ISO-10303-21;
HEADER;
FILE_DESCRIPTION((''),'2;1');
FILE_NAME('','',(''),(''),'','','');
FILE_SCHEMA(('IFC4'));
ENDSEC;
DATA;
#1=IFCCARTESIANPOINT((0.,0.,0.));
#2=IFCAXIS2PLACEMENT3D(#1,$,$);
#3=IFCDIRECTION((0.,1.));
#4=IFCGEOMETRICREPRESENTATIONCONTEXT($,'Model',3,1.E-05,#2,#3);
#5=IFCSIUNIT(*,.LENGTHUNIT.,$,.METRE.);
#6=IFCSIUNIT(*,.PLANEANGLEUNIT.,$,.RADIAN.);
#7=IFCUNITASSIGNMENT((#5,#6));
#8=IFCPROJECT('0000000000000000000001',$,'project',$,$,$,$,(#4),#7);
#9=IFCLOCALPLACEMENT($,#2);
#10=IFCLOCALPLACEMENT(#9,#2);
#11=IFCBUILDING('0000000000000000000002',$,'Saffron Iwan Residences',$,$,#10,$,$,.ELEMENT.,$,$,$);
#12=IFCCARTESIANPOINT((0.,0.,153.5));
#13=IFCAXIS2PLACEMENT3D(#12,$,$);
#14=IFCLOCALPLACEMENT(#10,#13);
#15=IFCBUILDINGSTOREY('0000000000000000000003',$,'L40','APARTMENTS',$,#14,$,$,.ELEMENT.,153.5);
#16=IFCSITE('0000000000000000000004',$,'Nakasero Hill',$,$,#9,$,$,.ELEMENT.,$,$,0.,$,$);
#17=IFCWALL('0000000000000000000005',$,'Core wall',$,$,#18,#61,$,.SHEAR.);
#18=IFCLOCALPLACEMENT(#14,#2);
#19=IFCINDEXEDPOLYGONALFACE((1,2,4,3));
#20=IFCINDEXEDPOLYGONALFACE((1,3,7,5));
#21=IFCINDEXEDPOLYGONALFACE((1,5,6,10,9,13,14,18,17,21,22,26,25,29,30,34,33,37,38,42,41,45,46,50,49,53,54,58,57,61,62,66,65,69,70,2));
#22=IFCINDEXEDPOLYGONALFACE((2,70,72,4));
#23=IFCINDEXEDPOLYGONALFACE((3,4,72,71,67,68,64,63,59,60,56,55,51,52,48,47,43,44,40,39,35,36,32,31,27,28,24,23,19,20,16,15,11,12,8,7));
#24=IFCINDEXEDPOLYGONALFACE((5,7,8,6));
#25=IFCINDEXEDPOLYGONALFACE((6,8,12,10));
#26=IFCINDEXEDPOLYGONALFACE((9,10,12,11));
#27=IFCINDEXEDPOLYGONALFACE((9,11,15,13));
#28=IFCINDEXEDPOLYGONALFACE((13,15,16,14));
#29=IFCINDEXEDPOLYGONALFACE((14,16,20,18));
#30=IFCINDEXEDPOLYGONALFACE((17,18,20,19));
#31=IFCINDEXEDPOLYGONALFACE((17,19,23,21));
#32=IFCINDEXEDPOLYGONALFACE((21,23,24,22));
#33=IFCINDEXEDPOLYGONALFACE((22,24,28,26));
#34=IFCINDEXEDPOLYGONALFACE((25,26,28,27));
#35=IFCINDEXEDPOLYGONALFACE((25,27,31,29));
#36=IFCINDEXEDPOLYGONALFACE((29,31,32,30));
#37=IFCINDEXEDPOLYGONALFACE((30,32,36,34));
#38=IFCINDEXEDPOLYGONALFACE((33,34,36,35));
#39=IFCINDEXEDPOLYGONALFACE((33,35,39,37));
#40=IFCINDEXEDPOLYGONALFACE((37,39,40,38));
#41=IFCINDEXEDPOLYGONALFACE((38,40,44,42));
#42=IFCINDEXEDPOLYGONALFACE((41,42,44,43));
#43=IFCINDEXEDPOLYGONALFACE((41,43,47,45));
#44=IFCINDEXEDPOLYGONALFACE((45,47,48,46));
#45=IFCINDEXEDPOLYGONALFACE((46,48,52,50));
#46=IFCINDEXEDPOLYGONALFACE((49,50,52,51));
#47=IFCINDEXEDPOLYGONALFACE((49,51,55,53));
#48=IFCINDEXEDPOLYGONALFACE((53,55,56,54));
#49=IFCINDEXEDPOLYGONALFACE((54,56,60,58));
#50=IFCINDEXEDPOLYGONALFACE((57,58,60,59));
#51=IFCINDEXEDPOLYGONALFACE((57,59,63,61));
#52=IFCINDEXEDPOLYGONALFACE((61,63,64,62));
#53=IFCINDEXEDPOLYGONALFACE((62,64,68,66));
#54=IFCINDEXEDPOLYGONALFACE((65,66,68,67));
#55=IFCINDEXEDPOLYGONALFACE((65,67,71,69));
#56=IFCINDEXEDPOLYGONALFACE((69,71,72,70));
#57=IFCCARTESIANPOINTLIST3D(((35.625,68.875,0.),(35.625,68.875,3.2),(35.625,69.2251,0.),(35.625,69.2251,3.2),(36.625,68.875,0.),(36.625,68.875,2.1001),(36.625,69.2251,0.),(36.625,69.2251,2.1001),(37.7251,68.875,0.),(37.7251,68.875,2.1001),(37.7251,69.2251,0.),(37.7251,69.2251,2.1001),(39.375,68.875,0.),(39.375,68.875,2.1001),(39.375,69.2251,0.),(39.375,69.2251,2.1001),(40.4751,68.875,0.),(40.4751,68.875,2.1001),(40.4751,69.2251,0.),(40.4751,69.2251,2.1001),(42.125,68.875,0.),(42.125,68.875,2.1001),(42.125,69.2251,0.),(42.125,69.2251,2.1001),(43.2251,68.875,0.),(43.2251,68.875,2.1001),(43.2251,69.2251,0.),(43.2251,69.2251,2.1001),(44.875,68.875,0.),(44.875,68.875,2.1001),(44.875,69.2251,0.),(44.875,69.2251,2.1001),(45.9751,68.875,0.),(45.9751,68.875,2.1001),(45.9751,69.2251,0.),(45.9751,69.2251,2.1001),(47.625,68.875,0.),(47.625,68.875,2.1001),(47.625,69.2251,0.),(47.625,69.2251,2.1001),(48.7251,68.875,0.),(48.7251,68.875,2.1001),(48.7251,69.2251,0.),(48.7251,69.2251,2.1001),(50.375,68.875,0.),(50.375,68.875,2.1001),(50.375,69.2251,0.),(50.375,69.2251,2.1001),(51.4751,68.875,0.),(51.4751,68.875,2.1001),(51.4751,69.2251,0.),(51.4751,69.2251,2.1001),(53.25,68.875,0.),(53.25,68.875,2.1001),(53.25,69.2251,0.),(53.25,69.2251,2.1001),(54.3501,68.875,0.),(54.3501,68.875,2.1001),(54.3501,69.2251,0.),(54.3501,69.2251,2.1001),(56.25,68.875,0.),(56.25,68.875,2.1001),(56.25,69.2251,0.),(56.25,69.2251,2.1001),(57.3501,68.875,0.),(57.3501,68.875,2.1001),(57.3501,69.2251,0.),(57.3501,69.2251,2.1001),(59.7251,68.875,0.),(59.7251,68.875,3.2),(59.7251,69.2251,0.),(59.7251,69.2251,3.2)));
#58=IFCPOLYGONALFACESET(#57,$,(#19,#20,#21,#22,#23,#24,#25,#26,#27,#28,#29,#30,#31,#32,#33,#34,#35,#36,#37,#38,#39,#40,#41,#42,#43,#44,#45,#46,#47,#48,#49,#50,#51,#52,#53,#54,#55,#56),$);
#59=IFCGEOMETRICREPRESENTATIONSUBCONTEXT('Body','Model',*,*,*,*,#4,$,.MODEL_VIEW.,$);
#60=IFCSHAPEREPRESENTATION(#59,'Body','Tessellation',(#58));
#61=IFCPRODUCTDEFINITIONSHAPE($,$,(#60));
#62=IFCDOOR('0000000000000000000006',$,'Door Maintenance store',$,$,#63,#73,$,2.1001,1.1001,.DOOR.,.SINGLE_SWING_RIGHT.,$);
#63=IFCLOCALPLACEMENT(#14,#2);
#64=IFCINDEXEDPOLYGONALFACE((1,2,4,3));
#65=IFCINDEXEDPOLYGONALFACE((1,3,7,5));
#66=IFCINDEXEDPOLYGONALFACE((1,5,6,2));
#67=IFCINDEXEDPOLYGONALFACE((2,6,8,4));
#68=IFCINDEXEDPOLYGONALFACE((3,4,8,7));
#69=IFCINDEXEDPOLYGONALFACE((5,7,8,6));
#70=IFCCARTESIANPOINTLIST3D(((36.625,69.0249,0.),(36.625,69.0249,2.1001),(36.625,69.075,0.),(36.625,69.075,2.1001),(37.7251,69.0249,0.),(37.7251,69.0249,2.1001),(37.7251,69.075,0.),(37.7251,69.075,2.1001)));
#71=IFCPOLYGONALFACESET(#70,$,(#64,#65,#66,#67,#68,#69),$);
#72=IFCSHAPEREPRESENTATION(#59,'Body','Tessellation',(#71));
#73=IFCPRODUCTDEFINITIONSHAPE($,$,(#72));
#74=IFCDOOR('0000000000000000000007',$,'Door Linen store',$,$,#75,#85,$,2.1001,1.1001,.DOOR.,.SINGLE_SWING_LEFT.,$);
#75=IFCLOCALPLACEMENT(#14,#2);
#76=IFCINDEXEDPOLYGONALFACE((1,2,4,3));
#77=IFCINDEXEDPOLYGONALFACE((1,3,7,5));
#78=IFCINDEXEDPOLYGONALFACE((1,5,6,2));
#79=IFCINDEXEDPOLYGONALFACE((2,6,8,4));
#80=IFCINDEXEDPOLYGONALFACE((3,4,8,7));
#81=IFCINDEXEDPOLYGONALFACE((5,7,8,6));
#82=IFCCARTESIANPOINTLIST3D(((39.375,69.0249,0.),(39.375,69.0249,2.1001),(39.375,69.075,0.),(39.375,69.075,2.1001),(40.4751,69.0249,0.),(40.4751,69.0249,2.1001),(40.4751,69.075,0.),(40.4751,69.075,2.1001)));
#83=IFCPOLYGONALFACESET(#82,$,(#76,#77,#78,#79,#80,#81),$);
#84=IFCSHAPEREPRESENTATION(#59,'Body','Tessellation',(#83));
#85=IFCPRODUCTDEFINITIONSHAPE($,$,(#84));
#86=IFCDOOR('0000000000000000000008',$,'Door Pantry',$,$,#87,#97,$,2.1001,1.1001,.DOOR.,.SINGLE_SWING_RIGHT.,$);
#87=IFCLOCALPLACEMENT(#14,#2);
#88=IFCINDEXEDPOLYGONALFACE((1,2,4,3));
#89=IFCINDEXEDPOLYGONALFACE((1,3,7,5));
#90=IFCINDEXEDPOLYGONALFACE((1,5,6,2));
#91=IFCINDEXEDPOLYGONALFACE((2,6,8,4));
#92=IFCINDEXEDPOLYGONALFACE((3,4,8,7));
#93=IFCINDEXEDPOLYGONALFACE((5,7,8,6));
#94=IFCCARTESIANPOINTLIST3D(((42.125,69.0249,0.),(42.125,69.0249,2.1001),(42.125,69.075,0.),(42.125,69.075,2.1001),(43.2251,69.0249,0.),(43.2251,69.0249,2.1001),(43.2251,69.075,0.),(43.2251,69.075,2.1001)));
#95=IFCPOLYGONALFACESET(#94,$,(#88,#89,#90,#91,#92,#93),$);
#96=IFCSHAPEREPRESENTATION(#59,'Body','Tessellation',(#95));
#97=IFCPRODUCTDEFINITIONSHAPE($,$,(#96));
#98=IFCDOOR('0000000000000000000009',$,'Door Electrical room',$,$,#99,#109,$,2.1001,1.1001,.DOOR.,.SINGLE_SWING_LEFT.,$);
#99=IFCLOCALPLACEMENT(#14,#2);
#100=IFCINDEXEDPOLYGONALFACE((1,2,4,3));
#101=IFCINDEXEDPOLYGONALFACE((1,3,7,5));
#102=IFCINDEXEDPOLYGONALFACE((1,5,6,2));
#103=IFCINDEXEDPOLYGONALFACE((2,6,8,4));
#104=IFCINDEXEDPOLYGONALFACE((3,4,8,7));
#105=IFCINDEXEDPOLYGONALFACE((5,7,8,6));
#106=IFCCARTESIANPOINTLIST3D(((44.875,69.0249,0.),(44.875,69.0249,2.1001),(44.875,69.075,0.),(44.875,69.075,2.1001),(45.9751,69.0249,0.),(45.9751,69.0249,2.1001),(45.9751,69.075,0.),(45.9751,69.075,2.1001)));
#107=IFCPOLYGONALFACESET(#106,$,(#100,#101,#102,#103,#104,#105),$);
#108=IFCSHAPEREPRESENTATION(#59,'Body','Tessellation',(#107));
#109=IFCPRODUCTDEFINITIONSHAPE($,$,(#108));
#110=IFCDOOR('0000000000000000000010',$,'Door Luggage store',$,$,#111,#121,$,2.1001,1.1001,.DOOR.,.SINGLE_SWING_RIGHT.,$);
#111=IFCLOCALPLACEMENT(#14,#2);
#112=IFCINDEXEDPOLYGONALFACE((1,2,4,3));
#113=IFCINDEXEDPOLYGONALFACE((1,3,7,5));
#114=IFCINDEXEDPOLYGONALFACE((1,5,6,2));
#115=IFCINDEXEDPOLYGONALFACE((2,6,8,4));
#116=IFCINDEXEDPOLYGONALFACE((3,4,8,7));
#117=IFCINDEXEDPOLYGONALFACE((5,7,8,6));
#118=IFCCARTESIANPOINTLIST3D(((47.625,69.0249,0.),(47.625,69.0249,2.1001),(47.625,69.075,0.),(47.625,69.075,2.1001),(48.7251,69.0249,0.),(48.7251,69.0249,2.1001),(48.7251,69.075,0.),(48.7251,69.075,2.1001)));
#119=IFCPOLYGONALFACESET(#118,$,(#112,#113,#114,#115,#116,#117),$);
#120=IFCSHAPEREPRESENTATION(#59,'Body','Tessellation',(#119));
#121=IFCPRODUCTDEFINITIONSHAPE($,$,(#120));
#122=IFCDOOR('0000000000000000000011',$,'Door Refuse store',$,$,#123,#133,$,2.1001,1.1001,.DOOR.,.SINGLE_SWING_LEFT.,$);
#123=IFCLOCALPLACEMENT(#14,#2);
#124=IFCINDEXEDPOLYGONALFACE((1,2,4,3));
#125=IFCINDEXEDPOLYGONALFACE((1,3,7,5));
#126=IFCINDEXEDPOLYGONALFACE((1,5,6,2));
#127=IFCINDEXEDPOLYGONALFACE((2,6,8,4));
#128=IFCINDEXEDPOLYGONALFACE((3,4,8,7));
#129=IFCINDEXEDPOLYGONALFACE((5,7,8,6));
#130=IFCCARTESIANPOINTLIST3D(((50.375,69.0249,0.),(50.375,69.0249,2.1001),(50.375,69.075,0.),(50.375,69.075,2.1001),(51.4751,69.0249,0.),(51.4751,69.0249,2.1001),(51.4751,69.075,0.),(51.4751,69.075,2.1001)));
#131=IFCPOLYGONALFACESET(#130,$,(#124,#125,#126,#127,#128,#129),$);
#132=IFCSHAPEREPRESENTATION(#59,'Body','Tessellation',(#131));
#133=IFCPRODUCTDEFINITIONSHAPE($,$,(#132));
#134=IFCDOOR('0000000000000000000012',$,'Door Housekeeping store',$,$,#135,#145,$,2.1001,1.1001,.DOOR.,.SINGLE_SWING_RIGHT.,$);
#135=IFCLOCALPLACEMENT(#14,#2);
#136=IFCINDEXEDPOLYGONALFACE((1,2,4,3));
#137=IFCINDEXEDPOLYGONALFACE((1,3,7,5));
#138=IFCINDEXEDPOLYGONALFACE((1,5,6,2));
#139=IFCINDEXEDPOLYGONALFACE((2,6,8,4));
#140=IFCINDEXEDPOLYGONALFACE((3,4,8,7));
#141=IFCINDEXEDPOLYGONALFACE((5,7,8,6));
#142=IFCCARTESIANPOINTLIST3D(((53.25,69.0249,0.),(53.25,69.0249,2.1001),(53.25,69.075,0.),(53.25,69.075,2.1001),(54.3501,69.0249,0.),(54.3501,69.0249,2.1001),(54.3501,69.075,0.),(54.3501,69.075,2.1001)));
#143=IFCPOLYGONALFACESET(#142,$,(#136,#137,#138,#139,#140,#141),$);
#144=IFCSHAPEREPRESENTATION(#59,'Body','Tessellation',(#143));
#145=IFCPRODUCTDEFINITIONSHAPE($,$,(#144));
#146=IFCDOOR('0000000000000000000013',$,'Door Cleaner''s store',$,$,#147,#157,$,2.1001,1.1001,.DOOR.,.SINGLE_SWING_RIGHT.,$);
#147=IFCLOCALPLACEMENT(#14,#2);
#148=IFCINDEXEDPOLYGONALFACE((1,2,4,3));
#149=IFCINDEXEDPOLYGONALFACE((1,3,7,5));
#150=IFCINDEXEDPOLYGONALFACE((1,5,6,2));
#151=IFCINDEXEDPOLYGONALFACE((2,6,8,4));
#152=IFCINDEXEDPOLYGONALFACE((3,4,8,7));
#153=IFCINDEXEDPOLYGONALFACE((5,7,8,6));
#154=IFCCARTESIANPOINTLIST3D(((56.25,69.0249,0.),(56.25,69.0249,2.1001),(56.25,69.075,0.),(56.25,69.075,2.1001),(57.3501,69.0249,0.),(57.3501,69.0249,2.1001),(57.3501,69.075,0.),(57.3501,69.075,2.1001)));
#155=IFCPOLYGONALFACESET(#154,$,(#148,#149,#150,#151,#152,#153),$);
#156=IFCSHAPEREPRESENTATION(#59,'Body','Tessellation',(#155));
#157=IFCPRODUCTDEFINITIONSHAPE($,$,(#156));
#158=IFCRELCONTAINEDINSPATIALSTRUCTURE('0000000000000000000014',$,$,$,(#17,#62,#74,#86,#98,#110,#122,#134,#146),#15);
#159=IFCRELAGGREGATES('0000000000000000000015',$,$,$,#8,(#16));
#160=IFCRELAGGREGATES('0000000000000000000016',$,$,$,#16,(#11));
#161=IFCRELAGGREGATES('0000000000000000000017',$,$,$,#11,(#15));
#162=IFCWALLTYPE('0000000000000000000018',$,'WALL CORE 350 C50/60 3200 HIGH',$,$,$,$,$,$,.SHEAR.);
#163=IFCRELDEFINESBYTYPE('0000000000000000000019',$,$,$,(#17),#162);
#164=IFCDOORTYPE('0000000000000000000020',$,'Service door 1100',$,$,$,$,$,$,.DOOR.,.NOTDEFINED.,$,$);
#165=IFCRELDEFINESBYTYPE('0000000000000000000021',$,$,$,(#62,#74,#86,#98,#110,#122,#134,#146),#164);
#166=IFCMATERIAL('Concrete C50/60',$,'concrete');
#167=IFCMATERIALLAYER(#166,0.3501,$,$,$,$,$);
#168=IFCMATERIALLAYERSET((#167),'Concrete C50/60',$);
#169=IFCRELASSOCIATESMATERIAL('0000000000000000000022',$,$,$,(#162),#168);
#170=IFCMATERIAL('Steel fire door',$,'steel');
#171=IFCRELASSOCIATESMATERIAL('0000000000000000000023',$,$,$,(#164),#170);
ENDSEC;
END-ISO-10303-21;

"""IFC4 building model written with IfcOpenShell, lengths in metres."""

from ifc_helpers import new_model, si_unit, direction, frame, frame_2d, origin, place, context, subcontext, project, spatial, rectangle, extrude, material, layer, layer_set, type_object, element, fill, save


model = new_model("IFC4")

# Units and contexts
model_context = context("Model", 3, precision=1e-05, world=origin(), true_north=direction((0.0, 1.0)))
body_context = subcontext(model_context, "Body", "Model", "MODEL_VIEW")
ifc_project = project(units=[si_unit("LENGTHUNIT", "METRE"), si_unit("PLANEANGLEUNIT", "RADIAN")], contexts=[model_context])

# Site, building, storey
site_placement = place(None, origin())
site = spatial("IfcSite", under=ifc_project, at=site_placement, Name="Nakasero Hill", CompositionType="ELEMENT", RefElevation=0.0)
building_placement = place(site_placement, origin())
building = spatial("IfcBuilding", under=site, at=building_placement, Name="Saffron Iwan Residences", CompositionType="ELEMENT")
storey_placement = place(building_placement, frame((0.0, 0.0, 153.5)))
storey = spatial("IfcBuildingStorey", under=building, at=storey_placement, Name="L40", Description="APARTMENTS", CompositionType="ELEMENT", Elevation=153.5)

# Shared definitions
ifc_material_1 = material(Name="Concrete C50/60", Category="concrete")

# Wall, openings, doors
ifc_layer_1 = layer(ifc_material_1, 0.3501)
ifc_layer_set_1 = layer_set([ifc_layer_1], Name="Concrete C50/60")
wall_type_1 = type_object("IfcWallType", Name="WALL CORE 350 C50/60 3200 HIGH", PredefinedType="SHEAR", material=ifc_layer_set_1)
wall_1_placement = place(storey_placement, frame((35.625, 69.05, 0.0), z_axis=(0.0, 0.0, 1.0), x_axis=(1.0, 0.0, 0.0)))
wall_1 = element("IfcWall", 1, at=wall_1_placement, inside=storey, type_object=wall_type_1, Name="Core wall", PredefinedType="SHEAR", context=body_context, shape_type="SweptSolid", body=[
    extrude(rectangle(XDim=24.1001, YDim=0.3501, at=frame_2d((12.05, 0.0))), origin(), (0.0, 0.0, 1.0), 3.2),
])
opening_1_placement = place(wall_1_placement, frame((1.0, 0.0, 0.0)))
opening_1 = element("IfcOpeningElement", 2, at=opening_1_placement, cuts=wall_1, PredefinedType="OPENING", context=body_context, shape_type="SweptSolid", body=[
    extrude(rectangle(XDim=1.1001, YDim=2.1001, at=frame_2d((0.55, 1.05))), frame((0.0, 0.1851, 0.0), z_axis=(0.0, -1.0, 0.0), x_axis=(1.0, 0.0, 0.0)), (0.0, 0.0, 1.0), 0.3701),
])
opening_2_placement = place(wall_1_placement, frame((3.75, 0.0, 0.0)))
opening_2 = element("IfcOpeningElement", 3, at=opening_2_placement, cuts=wall_1, PredefinedType="OPENING", context=body_context, shape_type="SweptSolid", body=[
    extrude(rectangle(XDim=1.1001, YDim=2.1001, at=frame_2d((0.55, 1.05))), frame((0.0, 0.1851, 0.0), z_axis=(0.0, -1.0, 0.0), x_axis=(1.0, 0.0, 0.0)), (0.0, 0.0, 1.0), 0.3701),
])
opening_3_placement = place(wall_1_placement, frame((6.5, 0.0, 0.0)))
opening_3 = element("IfcOpeningElement", 4, at=opening_3_placement, cuts=wall_1, PredefinedType="OPENING", context=body_context, shape_type="SweptSolid", body=[
    extrude(rectangle(XDim=1.1001, YDim=2.1001, at=frame_2d((0.55, 1.05))), frame((0.0, 0.1851, 0.0), z_axis=(0.0, -1.0, 0.0), x_axis=(1.0, 0.0, 0.0)), (0.0, 0.0, 1.0), 0.3701),
])
opening_4_placement = place(wall_1_placement, frame((9.25, 0.0, 0.0)))
opening_4 = element("IfcOpeningElement", 5, at=opening_4_placement, cuts=wall_1, PredefinedType="OPENING", context=body_context, shape_type="SweptSolid", body=[
    extrude(rectangle(XDim=1.1001, YDim=2.1001, at=frame_2d((0.55, 1.05))), frame((0.0, 0.1851, 0.0), z_axis=(0.0, -1.0, 0.0), x_axis=(1.0, 0.0, 0.0)), (0.0, 0.0, 1.0), 0.3701),
])
opening_5_placement = place(wall_1_placement, frame((12.0, 0.0, 0.0)))
opening_5 = element("IfcOpeningElement", 6, at=opening_5_placement, cuts=wall_1, PredefinedType="OPENING", context=body_context, shape_type="SweptSolid", body=[
    extrude(rectangle(XDim=1.1001, YDim=2.1001, at=frame_2d((0.55, 1.05))), frame((0.0, 0.1851, 0.0), z_axis=(0.0, -1.0, 0.0), x_axis=(1.0, 0.0, 0.0)), (0.0, 0.0, 1.0), 0.3701),
])
opening_6_placement = place(wall_1_placement, frame((14.75, 0.0, 0.0)))
opening_6 = element("IfcOpeningElement", 7, at=opening_6_placement, cuts=wall_1, PredefinedType="OPENING", context=body_context, shape_type="SweptSolid", body=[
    extrude(rectangle(XDim=1.1001, YDim=2.1001, at=frame_2d((0.55, 1.05))), frame((0.0, 0.1851, 0.0), z_axis=(0.0, -1.0, 0.0), x_axis=(1.0, 0.0, 0.0)), (0.0, 0.0, 1.0), 0.3701),
])
opening_7_placement = place(wall_1_placement, frame((17.625, 0.0, 0.0)))
opening_7 = element("IfcOpeningElement", 8, at=opening_7_placement, cuts=wall_1, PredefinedType="OPENING", context=body_context, shape_type="SweptSolid", body=[
    extrude(rectangle(XDim=1.1001, YDim=2.1001, at=frame_2d((0.55, 1.05))), frame((0.0, 0.1851, 0.0), z_axis=(0.0, -1.0, 0.0), x_axis=(1.0, 0.0, 0.0)), (0.0, 0.0, 1.0), 0.3701),
])
opening_8_placement = place(wall_1_placement, frame((20.625, 0.0, 0.0)))
opening_8 = element("IfcOpeningElement", 9, at=opening_8_placement, cuts=wall_1, PredefinedType="OPENING", context=body_context, shape_type="SweptSolid", body=[
    extrude(rectangle(XDim=1.1001, YDim=2.1001, at=frame_2d((0.55, 1.05))), frame((0.0, 0.1851, 0.0), z_axis=(0.0, -1.0, 0.0), x_axis=(1.0, 0.0, 0.0)), (0.0, 0.0, 1.0), 0.3701),
])
ifc_material_2 = material(Name="Steel fire door", Category="steel")
door_type = type_object("IfcDoorType", Name="Service door 1100", OperationType="NOTDEFINED", PredefinedType="DOOR", material=ifc_material_2)
door_1_placement = place(opening_1_placement, origin())
door_1 = element("IfcDoor", 10, at=door_1_placement, inside=storey, type_object=door_type, Name="Door Maintenance store", OperationType="SINGLE_SWING_RIGHT", OverallHeight=2.1001, OverallWidth=1.1001, PredefinedType="DOOR", context=body_context, shape_type="SweptSolid", body=[
    extrude(rectangle(XDim=1.1001, YDim=2.1001, at=frame_2d((0.55, 1.05))), frame((0.0, 0.0249, 0.0), z_axis=(0.0, -1.0, 0.0), x_axis=(1.0, 0.0, 0.0)), (0.0, 0.0, 1.0), 0.05),
])
fill(opening_1, door_1)
door_2_placement = place(opening_2_placement, origin())
door_2 = element("IfcDoor", 11, at=door_2_placement, inside=storey, type_object=door_type, Name="Door Linen store", OperationType="SINGLE_SWING_LEFT", OverallHeight=2.1001, OverallWidth=1.1001, PredefinedType="DOOR", context=body_context, shape_type="SweptSolid", body=[
    extrude(rectangle(XDim=1.1001, YDim=2.1001, at=frame_2d((0.55, 1.05))), frame((0.0, 0.0249, 0.0), z_axis=(0.0, -1.0, 0.0), x_axis=(1.0, 0.0, 0.0)), (0.0, 0.0, 1.0), 0.05),
])
fill(opening_2, door_2)
door_3_placement = place(opening_3_placement, origin())
door_3 = element("IfcDoor", 12, at=door_3_placement, inside=storey, type_object=door_type, Name="Door Pantry", OperationType="SINGLE_SWING_RIGHT", OverallHeight=2.1001, OverallWidth=1.1001, PredefinedType="DOOR", context=body_context, shape_type="SweptSolid", body=[
    extrude(rectangle(XDim=1.1001, YDim=2.1001, at=frame_2d((0.55, 1.05))), frame((0.0, 0.0249, 0.0), z_axis=(0.0, -1.0, 0.0), x_axis=(1.0, 0.0, 0.0)), (0.0, 0.0, 1.0), 0.05),
])
fill(opening_3, door_3)
door_4_placement = place(opening_4_placement, origin())
door_4 = element("IfcDoor", 13, at=door_4_placement, inside=storey, type_object=door_type, Name="Door Electrical room", OperationType="SINGLE_SWING_LEFT", OverallHeight=2.1001, OverallWidth=1.1001, PredefinedType="DOOR", context=body_context, shape_type="SweptSolid", body=[
    extrude(rectangle(XDim=1.1001, YDim=2.1001, at=frame_2d((0.55, 1.05))), frame((0.0, 0.0249, 0.0), z_axis=(0.0, -1.0, 0.0), x_axis=(1.0, 0.0, 0.0)), (0.0, 0.0, 1.0), 0.05),
])
fill(opening_4, door_4)
door_5_placement = place(opening_5_placement, origin())
door_5 = element("IfcDoor", 14, at=door_5_placement, inside=storey, type_object=door_type, Name="Door Luggage store", OperationType="SINGLE_SWING_RIGHT", OverallHeight=2.1001, OverallWidth=1.1001, PredefinedType="DOOR", context=body_context, shape_type="SweptSolid", body=[
    extrude(rectangle(XDim=1.1001, YDim=2.1001, at=frame_2d((0.55, 1.05))), frame((0.0, 0.0249, 0.0), z_axis=(0.0, -1.0, 0.0), x_axis=(1.0, 0.0, 0.0)), (0.0, 0.0, 1.0), 0.05),
])
fill(opening_5, door_5)
door_6_placement = place(opening_6_placement, origin())
door_6 = element("IfcDoor", 15, at=door_6_placement, inside=storey, type_object=door_type, Name="Door Refuse store", OperationType="SINGLE_SWING_LEFT", OverallHeight=2.1001, OverallWidth=1.1001, PredefinedType="DOOR", context=body_context, shape_type="SweptSolid", body=[
    extrude(rectangle(XDim=1.1001, YDim=2.1001, at=frame_2d((0.55, 1.05))), frame((0.0, 0.0249, 0.0), z_axis=(0.0, -1.0, 0.0), x_axis=(1.0, 0.0, 0.0)), (0.0, 0.0, 1.0), 0.05),
])
fill(opening_6, door_6)
door_7_placement = place(opening_7_placement, origin())
door_7 = element("IfcDoor", 16, at=door_7_placement, inside=storey, type_object=door_type, Name="Door Housekeeping store", OperationType="SINGLE_SWING_RIGHT", OverallHeight=2.1001, OverallWidth=1.1001, PredefinedType="DOOR", context=body_context, shape_type="SweptSolid", body=[
    extrude(rectangle(XDim=1.1001, YDim=2.1001, at=frame_2d((0.55, 1.05))), frame((0.0, 0.0249, 0.0), z_axis=(0.0, -1.0, 0.0), x_axis=(1.0, 0.0, 0.0)), (0.0, 0.0, 1.0), 0.05),
])
fill(opening_7, door_7)
door_8_placement = place(opening_8_placement, origin())
door_8 = element("IfcDoor", 17, at=door_8_placement, inside=storey, type_object=door_type, Name="Door Cleaner's store", OperationType="SINGLE_SWING_RIGHT", OverallHeight=2.1001, OverallWidth=1.1001, PredefinedType="DOOR", context=body_context, shape_type="SweptSolid", body=[
    extrude(rectangle(XDim=1.1001, YDim=2.1001, at=frame_2d((0.55, 1.05))), frame((0.0, 0.0249, 0.0), z_axis=(0.0, -1.0, 0.0), x_axis=(1.0, 0.0, 0.0)), (0.0, 0.0, 1.0), 0.05),
])
fill(opening_8, door_8)

save(model, "model.ifc")
